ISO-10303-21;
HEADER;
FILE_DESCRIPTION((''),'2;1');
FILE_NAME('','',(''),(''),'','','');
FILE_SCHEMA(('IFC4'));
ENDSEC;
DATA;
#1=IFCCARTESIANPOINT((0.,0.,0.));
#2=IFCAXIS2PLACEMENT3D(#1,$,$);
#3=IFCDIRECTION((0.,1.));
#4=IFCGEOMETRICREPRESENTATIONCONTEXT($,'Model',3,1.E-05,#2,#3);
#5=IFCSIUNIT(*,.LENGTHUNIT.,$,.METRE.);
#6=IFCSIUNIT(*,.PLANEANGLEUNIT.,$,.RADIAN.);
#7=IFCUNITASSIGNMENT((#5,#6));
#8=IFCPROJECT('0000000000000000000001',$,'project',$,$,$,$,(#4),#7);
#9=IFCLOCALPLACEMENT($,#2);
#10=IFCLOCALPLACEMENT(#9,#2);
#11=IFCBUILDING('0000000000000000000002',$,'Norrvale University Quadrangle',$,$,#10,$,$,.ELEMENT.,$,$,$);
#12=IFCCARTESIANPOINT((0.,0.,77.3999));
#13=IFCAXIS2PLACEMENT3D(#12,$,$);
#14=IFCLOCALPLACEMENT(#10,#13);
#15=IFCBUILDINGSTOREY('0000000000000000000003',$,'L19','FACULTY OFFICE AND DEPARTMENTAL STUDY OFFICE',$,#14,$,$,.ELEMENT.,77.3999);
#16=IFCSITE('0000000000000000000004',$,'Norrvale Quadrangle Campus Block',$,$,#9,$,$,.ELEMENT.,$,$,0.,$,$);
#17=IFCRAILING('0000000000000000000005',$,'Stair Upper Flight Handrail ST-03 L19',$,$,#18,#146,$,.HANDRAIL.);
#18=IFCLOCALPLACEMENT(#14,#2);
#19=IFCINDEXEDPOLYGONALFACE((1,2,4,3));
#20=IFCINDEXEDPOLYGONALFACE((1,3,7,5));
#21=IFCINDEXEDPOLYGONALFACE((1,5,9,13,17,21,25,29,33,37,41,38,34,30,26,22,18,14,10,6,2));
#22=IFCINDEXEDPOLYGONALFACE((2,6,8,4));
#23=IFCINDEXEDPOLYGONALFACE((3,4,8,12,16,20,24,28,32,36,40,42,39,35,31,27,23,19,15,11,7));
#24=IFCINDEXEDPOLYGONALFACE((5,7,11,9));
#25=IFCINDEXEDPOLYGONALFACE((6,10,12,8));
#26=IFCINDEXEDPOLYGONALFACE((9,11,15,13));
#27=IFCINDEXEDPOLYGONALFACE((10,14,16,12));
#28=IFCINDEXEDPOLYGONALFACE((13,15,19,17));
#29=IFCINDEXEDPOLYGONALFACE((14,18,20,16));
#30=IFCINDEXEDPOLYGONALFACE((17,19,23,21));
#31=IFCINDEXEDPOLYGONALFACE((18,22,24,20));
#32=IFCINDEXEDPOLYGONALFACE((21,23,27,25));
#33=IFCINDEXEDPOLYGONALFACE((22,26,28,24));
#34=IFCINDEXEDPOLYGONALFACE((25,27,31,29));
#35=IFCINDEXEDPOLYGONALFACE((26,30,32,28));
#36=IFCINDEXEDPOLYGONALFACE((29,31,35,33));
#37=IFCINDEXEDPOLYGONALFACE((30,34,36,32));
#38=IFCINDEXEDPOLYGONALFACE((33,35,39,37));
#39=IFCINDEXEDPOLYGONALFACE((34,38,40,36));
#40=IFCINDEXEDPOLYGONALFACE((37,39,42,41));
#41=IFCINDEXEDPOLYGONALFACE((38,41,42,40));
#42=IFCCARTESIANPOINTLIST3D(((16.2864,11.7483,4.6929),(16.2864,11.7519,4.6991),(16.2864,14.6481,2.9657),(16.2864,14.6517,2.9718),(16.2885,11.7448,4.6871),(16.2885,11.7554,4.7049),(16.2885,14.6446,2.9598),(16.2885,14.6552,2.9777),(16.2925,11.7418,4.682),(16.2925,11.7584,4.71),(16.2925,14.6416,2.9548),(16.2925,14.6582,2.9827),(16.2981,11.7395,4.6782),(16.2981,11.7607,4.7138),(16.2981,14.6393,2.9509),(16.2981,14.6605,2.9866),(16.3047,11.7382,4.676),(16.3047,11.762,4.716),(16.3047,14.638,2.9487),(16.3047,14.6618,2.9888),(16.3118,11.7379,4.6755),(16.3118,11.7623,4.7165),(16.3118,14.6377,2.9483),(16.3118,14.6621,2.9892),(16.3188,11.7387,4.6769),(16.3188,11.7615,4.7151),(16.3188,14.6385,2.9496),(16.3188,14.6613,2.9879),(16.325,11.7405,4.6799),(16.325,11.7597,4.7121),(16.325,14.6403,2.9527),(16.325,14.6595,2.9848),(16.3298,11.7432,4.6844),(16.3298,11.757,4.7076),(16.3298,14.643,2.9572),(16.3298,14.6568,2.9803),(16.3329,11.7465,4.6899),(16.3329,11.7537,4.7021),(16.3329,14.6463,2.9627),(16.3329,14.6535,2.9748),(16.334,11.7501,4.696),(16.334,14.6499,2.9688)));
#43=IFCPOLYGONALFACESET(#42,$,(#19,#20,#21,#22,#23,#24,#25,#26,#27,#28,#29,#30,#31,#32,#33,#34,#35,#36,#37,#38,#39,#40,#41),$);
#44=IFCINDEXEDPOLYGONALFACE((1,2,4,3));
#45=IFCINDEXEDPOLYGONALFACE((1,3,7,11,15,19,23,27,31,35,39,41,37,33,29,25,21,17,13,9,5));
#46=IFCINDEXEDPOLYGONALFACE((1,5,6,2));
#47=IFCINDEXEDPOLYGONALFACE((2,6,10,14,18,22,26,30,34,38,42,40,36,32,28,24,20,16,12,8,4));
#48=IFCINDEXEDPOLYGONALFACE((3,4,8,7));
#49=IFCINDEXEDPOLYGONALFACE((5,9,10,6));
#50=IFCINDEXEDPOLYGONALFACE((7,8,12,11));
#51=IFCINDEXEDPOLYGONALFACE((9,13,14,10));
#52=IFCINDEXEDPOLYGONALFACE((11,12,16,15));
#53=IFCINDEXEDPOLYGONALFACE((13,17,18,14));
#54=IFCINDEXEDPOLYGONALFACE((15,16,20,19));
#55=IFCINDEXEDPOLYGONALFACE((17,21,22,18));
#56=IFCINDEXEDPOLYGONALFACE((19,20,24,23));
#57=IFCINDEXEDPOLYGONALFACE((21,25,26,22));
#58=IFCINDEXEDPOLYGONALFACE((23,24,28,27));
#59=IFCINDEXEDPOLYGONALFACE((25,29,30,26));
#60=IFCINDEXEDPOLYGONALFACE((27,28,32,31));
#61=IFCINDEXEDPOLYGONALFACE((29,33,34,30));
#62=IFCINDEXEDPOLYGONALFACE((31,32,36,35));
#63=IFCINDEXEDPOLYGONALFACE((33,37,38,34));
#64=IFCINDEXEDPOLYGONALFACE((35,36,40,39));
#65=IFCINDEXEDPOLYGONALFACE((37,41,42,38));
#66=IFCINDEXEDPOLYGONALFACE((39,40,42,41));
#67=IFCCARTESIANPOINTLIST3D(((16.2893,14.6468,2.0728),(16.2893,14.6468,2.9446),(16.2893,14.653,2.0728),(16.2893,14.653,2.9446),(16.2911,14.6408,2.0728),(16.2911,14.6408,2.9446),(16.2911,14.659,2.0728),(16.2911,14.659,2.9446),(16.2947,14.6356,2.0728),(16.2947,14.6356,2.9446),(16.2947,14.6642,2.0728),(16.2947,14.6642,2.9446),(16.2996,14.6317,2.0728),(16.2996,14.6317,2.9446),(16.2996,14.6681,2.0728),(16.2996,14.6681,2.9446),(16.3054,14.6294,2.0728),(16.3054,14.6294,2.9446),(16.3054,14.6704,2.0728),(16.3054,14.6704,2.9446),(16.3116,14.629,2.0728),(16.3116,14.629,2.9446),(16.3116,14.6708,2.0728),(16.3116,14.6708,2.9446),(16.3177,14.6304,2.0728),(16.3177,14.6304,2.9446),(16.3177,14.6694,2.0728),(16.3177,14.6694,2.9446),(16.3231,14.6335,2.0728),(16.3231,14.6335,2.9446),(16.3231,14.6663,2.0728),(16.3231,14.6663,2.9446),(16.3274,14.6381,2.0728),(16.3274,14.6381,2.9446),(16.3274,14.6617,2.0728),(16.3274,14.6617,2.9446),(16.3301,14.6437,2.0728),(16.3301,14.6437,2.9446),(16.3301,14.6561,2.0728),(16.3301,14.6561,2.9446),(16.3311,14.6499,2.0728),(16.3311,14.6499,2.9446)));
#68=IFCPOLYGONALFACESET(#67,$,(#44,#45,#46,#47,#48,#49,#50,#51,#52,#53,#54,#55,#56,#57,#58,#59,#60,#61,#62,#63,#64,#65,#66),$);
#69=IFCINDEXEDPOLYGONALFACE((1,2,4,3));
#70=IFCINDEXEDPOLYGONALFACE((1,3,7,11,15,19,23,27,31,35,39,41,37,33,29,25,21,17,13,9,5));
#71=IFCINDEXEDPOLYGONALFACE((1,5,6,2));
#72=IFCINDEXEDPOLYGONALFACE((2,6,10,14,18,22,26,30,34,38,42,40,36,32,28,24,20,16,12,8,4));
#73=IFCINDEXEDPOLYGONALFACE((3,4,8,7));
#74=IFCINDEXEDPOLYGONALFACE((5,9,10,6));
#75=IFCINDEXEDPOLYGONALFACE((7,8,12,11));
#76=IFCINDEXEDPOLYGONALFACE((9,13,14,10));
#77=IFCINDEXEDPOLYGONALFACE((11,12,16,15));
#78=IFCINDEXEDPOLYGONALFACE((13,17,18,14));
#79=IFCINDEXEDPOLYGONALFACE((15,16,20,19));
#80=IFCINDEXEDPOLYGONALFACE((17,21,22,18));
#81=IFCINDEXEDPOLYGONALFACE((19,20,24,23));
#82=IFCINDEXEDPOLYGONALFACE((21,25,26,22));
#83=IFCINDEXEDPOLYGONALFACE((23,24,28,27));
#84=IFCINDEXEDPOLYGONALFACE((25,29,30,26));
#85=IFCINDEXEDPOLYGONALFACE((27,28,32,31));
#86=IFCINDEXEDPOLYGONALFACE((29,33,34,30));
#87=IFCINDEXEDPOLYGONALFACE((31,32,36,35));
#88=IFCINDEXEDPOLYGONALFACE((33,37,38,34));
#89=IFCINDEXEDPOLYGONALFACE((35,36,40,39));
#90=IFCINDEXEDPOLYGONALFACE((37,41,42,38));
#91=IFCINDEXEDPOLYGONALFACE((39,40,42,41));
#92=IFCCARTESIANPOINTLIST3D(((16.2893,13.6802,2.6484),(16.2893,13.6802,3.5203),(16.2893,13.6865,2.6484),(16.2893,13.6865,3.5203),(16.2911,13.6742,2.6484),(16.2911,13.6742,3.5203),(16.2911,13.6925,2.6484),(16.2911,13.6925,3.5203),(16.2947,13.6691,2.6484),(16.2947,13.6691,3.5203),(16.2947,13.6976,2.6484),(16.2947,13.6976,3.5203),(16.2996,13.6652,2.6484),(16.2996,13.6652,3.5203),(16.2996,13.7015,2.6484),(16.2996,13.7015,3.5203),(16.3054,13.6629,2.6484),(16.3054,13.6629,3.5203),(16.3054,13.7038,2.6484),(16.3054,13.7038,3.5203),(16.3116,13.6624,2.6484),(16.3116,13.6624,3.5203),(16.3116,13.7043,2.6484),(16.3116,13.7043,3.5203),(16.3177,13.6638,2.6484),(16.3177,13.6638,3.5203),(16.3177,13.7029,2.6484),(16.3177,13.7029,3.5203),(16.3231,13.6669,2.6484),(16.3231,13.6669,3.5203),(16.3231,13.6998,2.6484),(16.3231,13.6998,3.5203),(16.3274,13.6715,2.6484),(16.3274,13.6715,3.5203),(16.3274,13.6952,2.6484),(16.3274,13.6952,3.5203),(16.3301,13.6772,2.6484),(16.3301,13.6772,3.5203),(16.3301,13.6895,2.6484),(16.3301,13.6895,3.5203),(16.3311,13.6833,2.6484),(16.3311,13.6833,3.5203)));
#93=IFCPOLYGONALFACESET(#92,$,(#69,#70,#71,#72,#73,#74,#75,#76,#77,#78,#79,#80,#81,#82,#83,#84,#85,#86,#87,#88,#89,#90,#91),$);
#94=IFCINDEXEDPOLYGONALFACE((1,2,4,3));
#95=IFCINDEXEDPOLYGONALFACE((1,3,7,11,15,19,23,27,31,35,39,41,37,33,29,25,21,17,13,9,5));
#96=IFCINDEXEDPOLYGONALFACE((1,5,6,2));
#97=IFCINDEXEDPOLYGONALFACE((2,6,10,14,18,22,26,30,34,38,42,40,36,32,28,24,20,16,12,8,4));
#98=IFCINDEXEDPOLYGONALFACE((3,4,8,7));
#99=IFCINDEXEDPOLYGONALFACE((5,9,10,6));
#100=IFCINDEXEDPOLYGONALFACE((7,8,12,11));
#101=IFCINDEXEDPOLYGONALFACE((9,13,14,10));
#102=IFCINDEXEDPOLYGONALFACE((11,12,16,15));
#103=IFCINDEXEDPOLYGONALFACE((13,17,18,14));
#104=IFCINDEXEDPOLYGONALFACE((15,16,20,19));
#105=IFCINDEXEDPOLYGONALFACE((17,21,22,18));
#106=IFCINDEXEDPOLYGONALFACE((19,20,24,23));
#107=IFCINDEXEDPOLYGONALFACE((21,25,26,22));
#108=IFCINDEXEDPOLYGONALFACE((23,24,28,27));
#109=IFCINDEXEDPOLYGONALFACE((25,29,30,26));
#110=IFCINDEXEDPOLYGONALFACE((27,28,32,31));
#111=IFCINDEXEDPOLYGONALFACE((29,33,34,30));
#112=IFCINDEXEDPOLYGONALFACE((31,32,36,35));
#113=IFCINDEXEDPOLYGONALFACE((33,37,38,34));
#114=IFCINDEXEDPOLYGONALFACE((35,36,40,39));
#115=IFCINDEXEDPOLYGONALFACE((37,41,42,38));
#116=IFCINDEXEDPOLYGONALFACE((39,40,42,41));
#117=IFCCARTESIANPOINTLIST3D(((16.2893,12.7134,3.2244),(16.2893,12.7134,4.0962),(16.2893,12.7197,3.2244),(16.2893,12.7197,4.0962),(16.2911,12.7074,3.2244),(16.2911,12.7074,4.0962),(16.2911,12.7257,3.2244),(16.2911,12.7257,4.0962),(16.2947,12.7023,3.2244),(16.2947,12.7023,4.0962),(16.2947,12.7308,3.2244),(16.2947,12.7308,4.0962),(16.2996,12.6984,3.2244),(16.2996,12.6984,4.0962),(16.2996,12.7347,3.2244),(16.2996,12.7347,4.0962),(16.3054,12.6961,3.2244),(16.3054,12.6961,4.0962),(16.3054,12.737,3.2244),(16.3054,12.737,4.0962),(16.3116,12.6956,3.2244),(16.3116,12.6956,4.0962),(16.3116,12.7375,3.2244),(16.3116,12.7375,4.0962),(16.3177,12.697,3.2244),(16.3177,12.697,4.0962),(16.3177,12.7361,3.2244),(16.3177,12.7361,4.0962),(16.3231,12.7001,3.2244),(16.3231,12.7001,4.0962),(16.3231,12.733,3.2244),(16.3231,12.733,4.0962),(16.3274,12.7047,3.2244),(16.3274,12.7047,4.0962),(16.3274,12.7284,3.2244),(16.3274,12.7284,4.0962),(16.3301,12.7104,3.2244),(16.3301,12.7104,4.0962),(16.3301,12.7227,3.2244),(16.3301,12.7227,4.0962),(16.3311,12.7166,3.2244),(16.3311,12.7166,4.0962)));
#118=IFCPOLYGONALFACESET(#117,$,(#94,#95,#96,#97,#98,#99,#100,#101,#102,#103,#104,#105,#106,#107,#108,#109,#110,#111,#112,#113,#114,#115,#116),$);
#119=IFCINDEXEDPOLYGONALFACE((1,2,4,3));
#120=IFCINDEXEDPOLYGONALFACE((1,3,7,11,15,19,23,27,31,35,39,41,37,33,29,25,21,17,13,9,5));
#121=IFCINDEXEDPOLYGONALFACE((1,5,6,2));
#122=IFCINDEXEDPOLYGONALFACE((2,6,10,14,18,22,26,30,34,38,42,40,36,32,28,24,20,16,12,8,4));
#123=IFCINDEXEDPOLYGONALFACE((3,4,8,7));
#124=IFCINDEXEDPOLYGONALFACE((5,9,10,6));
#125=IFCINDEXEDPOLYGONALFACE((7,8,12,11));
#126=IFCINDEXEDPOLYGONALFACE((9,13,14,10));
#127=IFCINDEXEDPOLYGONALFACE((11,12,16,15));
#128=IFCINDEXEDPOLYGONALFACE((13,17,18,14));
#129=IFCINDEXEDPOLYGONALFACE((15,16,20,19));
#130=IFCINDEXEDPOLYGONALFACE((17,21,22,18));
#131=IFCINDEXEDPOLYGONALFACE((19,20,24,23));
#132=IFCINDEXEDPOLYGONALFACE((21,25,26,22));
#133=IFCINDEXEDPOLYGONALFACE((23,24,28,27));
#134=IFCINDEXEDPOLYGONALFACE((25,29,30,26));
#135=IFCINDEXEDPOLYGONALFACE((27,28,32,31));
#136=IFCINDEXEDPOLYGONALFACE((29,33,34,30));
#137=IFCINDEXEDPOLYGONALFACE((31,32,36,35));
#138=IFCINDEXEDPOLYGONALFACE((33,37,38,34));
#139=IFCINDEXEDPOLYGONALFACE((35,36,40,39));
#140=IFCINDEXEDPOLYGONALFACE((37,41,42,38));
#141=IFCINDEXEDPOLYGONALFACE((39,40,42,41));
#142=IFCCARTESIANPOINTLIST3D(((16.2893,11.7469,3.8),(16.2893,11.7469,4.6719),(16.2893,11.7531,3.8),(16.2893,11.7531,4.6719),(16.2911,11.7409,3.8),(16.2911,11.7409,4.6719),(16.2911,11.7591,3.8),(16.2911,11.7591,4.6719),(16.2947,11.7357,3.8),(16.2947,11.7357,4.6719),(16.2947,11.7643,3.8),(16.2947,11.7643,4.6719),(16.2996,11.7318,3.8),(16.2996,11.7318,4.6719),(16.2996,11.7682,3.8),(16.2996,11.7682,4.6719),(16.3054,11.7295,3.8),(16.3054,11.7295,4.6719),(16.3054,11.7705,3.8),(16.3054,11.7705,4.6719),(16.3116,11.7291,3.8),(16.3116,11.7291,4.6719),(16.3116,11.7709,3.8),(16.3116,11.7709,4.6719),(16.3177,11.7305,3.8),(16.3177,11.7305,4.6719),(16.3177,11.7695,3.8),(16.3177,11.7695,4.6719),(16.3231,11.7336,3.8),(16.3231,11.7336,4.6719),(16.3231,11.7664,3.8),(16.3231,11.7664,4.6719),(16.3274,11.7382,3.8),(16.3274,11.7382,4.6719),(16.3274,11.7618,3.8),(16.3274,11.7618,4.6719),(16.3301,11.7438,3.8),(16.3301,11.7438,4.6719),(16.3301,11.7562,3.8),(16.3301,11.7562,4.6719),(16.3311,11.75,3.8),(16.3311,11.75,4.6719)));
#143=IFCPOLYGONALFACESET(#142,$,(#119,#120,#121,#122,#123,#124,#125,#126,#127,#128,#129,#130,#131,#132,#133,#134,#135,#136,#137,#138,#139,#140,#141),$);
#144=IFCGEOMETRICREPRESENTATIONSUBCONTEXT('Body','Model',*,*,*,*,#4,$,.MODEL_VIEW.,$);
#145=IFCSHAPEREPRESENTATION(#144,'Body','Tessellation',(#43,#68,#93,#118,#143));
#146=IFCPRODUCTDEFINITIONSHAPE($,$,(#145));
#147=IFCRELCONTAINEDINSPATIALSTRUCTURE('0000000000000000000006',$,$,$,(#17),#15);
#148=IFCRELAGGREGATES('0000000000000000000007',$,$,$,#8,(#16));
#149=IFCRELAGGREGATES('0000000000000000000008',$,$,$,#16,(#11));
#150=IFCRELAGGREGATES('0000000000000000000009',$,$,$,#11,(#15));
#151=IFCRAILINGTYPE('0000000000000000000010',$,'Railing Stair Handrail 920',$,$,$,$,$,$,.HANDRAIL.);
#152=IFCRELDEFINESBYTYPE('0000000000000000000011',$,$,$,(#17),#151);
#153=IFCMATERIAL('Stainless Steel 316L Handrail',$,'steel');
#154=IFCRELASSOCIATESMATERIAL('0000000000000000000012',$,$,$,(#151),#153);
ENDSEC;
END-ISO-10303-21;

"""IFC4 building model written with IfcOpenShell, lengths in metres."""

from ifc_helpers import new_model, si_unit, direction, frame, origin, origin_2d, place, context, subcontext, project, spatial, circle, extrude, material, type_object, element, save


model = new_model("IFC4")

# Units and contexts
model_context = context("Model", 3, precision=1e-05, world=origin(), true_north=direction((0.0, 1.0)))
body_context = subcontext(model_context, "Body", "Model", "MODEL_VIEW")
ifc_project = project(units=[si_unit("LENGTHUNIT", "METRE"), si_unit("PLANEANGLEUNIT", "RADIAN")], contexts=[model_context])

# Site, building, storey
site_placement = place(None, origin())
site = spatial("IfcSite", under=ifc_project, at=site_placement, Name="Norrvale Quadrangle Campus Block", CompositionType="ELEMENT", RefElevation=0.0)
building_placement = place(site_placement, origin())
building = spatial("IfcBuilding", under=site, at=building_placement, Name="Norrvale University Quadrangle", CompositionType="ELEMENT")
storey_placement = place(building_placement, frame((0.0, 0.0, 77.3999)))
storey = spatial("IfcBuildingStorey", under=building, at=storey_placement, Name="L19", Description="FACULTY OFFICE AND DEPARTMENTAL STUDY OFFICE", CompositionType="ELEMENT", Elevation=77.3999)

# Railing
ifc_material_1 = material(Name="Stainless Steel 316L Handrail", Category="steel")
railing_type_1 = type_object("IfcRailingType", Name="Railing Stair Handrail 920", PredefinedType="HANDRAIL", material=ifc_material_1)
railing_1_placement = place(storey_placement, frame((16.3101, 14.6499, 2.0728)))
element("IfcRailing", 1, at=railing_1_placement, inside=storey, type_object=railing_type_1, Name="Stair Upper Flight Handrail ST-03 L19", PredefinedType="HANDRAIL", context=body_context, shape_type="SweptSolid", body=[
    extrude(circle(Radius=0.0239, at=origin_2d()), frame((0.0, 0.0, 0.896), z_axis=(0.0, -0.859141, 0.511738), x_axis=(1.0, 0.0, 0.0)), (0.0, 0.0, 1.0), 3.3752),
    extrude(circle(Radius=0.021, at=origin_2d()), origin(), (0.0, 0.0, 1.0), 0.8718),
    extrude(circle(Radius=0.021, at=origin_2d()), frame((0.0, -0.9666, 0.5757)), (0.0, 0.0, 1.0), 0.8718),
    extrude(circle(Radius=0.021, at=origin_2d()), frame((0.0, -1.9333, 1.1516)), (0.0, 0.0, 1.0), 0.8718),
    extrude(circle(Radius=0.021, at=origin_2d()), frame((0.0, -2.8999, 1.7273)), (0.0, 0.0, 1.0), 0.8718),
])

save(model, "model.ifc")
